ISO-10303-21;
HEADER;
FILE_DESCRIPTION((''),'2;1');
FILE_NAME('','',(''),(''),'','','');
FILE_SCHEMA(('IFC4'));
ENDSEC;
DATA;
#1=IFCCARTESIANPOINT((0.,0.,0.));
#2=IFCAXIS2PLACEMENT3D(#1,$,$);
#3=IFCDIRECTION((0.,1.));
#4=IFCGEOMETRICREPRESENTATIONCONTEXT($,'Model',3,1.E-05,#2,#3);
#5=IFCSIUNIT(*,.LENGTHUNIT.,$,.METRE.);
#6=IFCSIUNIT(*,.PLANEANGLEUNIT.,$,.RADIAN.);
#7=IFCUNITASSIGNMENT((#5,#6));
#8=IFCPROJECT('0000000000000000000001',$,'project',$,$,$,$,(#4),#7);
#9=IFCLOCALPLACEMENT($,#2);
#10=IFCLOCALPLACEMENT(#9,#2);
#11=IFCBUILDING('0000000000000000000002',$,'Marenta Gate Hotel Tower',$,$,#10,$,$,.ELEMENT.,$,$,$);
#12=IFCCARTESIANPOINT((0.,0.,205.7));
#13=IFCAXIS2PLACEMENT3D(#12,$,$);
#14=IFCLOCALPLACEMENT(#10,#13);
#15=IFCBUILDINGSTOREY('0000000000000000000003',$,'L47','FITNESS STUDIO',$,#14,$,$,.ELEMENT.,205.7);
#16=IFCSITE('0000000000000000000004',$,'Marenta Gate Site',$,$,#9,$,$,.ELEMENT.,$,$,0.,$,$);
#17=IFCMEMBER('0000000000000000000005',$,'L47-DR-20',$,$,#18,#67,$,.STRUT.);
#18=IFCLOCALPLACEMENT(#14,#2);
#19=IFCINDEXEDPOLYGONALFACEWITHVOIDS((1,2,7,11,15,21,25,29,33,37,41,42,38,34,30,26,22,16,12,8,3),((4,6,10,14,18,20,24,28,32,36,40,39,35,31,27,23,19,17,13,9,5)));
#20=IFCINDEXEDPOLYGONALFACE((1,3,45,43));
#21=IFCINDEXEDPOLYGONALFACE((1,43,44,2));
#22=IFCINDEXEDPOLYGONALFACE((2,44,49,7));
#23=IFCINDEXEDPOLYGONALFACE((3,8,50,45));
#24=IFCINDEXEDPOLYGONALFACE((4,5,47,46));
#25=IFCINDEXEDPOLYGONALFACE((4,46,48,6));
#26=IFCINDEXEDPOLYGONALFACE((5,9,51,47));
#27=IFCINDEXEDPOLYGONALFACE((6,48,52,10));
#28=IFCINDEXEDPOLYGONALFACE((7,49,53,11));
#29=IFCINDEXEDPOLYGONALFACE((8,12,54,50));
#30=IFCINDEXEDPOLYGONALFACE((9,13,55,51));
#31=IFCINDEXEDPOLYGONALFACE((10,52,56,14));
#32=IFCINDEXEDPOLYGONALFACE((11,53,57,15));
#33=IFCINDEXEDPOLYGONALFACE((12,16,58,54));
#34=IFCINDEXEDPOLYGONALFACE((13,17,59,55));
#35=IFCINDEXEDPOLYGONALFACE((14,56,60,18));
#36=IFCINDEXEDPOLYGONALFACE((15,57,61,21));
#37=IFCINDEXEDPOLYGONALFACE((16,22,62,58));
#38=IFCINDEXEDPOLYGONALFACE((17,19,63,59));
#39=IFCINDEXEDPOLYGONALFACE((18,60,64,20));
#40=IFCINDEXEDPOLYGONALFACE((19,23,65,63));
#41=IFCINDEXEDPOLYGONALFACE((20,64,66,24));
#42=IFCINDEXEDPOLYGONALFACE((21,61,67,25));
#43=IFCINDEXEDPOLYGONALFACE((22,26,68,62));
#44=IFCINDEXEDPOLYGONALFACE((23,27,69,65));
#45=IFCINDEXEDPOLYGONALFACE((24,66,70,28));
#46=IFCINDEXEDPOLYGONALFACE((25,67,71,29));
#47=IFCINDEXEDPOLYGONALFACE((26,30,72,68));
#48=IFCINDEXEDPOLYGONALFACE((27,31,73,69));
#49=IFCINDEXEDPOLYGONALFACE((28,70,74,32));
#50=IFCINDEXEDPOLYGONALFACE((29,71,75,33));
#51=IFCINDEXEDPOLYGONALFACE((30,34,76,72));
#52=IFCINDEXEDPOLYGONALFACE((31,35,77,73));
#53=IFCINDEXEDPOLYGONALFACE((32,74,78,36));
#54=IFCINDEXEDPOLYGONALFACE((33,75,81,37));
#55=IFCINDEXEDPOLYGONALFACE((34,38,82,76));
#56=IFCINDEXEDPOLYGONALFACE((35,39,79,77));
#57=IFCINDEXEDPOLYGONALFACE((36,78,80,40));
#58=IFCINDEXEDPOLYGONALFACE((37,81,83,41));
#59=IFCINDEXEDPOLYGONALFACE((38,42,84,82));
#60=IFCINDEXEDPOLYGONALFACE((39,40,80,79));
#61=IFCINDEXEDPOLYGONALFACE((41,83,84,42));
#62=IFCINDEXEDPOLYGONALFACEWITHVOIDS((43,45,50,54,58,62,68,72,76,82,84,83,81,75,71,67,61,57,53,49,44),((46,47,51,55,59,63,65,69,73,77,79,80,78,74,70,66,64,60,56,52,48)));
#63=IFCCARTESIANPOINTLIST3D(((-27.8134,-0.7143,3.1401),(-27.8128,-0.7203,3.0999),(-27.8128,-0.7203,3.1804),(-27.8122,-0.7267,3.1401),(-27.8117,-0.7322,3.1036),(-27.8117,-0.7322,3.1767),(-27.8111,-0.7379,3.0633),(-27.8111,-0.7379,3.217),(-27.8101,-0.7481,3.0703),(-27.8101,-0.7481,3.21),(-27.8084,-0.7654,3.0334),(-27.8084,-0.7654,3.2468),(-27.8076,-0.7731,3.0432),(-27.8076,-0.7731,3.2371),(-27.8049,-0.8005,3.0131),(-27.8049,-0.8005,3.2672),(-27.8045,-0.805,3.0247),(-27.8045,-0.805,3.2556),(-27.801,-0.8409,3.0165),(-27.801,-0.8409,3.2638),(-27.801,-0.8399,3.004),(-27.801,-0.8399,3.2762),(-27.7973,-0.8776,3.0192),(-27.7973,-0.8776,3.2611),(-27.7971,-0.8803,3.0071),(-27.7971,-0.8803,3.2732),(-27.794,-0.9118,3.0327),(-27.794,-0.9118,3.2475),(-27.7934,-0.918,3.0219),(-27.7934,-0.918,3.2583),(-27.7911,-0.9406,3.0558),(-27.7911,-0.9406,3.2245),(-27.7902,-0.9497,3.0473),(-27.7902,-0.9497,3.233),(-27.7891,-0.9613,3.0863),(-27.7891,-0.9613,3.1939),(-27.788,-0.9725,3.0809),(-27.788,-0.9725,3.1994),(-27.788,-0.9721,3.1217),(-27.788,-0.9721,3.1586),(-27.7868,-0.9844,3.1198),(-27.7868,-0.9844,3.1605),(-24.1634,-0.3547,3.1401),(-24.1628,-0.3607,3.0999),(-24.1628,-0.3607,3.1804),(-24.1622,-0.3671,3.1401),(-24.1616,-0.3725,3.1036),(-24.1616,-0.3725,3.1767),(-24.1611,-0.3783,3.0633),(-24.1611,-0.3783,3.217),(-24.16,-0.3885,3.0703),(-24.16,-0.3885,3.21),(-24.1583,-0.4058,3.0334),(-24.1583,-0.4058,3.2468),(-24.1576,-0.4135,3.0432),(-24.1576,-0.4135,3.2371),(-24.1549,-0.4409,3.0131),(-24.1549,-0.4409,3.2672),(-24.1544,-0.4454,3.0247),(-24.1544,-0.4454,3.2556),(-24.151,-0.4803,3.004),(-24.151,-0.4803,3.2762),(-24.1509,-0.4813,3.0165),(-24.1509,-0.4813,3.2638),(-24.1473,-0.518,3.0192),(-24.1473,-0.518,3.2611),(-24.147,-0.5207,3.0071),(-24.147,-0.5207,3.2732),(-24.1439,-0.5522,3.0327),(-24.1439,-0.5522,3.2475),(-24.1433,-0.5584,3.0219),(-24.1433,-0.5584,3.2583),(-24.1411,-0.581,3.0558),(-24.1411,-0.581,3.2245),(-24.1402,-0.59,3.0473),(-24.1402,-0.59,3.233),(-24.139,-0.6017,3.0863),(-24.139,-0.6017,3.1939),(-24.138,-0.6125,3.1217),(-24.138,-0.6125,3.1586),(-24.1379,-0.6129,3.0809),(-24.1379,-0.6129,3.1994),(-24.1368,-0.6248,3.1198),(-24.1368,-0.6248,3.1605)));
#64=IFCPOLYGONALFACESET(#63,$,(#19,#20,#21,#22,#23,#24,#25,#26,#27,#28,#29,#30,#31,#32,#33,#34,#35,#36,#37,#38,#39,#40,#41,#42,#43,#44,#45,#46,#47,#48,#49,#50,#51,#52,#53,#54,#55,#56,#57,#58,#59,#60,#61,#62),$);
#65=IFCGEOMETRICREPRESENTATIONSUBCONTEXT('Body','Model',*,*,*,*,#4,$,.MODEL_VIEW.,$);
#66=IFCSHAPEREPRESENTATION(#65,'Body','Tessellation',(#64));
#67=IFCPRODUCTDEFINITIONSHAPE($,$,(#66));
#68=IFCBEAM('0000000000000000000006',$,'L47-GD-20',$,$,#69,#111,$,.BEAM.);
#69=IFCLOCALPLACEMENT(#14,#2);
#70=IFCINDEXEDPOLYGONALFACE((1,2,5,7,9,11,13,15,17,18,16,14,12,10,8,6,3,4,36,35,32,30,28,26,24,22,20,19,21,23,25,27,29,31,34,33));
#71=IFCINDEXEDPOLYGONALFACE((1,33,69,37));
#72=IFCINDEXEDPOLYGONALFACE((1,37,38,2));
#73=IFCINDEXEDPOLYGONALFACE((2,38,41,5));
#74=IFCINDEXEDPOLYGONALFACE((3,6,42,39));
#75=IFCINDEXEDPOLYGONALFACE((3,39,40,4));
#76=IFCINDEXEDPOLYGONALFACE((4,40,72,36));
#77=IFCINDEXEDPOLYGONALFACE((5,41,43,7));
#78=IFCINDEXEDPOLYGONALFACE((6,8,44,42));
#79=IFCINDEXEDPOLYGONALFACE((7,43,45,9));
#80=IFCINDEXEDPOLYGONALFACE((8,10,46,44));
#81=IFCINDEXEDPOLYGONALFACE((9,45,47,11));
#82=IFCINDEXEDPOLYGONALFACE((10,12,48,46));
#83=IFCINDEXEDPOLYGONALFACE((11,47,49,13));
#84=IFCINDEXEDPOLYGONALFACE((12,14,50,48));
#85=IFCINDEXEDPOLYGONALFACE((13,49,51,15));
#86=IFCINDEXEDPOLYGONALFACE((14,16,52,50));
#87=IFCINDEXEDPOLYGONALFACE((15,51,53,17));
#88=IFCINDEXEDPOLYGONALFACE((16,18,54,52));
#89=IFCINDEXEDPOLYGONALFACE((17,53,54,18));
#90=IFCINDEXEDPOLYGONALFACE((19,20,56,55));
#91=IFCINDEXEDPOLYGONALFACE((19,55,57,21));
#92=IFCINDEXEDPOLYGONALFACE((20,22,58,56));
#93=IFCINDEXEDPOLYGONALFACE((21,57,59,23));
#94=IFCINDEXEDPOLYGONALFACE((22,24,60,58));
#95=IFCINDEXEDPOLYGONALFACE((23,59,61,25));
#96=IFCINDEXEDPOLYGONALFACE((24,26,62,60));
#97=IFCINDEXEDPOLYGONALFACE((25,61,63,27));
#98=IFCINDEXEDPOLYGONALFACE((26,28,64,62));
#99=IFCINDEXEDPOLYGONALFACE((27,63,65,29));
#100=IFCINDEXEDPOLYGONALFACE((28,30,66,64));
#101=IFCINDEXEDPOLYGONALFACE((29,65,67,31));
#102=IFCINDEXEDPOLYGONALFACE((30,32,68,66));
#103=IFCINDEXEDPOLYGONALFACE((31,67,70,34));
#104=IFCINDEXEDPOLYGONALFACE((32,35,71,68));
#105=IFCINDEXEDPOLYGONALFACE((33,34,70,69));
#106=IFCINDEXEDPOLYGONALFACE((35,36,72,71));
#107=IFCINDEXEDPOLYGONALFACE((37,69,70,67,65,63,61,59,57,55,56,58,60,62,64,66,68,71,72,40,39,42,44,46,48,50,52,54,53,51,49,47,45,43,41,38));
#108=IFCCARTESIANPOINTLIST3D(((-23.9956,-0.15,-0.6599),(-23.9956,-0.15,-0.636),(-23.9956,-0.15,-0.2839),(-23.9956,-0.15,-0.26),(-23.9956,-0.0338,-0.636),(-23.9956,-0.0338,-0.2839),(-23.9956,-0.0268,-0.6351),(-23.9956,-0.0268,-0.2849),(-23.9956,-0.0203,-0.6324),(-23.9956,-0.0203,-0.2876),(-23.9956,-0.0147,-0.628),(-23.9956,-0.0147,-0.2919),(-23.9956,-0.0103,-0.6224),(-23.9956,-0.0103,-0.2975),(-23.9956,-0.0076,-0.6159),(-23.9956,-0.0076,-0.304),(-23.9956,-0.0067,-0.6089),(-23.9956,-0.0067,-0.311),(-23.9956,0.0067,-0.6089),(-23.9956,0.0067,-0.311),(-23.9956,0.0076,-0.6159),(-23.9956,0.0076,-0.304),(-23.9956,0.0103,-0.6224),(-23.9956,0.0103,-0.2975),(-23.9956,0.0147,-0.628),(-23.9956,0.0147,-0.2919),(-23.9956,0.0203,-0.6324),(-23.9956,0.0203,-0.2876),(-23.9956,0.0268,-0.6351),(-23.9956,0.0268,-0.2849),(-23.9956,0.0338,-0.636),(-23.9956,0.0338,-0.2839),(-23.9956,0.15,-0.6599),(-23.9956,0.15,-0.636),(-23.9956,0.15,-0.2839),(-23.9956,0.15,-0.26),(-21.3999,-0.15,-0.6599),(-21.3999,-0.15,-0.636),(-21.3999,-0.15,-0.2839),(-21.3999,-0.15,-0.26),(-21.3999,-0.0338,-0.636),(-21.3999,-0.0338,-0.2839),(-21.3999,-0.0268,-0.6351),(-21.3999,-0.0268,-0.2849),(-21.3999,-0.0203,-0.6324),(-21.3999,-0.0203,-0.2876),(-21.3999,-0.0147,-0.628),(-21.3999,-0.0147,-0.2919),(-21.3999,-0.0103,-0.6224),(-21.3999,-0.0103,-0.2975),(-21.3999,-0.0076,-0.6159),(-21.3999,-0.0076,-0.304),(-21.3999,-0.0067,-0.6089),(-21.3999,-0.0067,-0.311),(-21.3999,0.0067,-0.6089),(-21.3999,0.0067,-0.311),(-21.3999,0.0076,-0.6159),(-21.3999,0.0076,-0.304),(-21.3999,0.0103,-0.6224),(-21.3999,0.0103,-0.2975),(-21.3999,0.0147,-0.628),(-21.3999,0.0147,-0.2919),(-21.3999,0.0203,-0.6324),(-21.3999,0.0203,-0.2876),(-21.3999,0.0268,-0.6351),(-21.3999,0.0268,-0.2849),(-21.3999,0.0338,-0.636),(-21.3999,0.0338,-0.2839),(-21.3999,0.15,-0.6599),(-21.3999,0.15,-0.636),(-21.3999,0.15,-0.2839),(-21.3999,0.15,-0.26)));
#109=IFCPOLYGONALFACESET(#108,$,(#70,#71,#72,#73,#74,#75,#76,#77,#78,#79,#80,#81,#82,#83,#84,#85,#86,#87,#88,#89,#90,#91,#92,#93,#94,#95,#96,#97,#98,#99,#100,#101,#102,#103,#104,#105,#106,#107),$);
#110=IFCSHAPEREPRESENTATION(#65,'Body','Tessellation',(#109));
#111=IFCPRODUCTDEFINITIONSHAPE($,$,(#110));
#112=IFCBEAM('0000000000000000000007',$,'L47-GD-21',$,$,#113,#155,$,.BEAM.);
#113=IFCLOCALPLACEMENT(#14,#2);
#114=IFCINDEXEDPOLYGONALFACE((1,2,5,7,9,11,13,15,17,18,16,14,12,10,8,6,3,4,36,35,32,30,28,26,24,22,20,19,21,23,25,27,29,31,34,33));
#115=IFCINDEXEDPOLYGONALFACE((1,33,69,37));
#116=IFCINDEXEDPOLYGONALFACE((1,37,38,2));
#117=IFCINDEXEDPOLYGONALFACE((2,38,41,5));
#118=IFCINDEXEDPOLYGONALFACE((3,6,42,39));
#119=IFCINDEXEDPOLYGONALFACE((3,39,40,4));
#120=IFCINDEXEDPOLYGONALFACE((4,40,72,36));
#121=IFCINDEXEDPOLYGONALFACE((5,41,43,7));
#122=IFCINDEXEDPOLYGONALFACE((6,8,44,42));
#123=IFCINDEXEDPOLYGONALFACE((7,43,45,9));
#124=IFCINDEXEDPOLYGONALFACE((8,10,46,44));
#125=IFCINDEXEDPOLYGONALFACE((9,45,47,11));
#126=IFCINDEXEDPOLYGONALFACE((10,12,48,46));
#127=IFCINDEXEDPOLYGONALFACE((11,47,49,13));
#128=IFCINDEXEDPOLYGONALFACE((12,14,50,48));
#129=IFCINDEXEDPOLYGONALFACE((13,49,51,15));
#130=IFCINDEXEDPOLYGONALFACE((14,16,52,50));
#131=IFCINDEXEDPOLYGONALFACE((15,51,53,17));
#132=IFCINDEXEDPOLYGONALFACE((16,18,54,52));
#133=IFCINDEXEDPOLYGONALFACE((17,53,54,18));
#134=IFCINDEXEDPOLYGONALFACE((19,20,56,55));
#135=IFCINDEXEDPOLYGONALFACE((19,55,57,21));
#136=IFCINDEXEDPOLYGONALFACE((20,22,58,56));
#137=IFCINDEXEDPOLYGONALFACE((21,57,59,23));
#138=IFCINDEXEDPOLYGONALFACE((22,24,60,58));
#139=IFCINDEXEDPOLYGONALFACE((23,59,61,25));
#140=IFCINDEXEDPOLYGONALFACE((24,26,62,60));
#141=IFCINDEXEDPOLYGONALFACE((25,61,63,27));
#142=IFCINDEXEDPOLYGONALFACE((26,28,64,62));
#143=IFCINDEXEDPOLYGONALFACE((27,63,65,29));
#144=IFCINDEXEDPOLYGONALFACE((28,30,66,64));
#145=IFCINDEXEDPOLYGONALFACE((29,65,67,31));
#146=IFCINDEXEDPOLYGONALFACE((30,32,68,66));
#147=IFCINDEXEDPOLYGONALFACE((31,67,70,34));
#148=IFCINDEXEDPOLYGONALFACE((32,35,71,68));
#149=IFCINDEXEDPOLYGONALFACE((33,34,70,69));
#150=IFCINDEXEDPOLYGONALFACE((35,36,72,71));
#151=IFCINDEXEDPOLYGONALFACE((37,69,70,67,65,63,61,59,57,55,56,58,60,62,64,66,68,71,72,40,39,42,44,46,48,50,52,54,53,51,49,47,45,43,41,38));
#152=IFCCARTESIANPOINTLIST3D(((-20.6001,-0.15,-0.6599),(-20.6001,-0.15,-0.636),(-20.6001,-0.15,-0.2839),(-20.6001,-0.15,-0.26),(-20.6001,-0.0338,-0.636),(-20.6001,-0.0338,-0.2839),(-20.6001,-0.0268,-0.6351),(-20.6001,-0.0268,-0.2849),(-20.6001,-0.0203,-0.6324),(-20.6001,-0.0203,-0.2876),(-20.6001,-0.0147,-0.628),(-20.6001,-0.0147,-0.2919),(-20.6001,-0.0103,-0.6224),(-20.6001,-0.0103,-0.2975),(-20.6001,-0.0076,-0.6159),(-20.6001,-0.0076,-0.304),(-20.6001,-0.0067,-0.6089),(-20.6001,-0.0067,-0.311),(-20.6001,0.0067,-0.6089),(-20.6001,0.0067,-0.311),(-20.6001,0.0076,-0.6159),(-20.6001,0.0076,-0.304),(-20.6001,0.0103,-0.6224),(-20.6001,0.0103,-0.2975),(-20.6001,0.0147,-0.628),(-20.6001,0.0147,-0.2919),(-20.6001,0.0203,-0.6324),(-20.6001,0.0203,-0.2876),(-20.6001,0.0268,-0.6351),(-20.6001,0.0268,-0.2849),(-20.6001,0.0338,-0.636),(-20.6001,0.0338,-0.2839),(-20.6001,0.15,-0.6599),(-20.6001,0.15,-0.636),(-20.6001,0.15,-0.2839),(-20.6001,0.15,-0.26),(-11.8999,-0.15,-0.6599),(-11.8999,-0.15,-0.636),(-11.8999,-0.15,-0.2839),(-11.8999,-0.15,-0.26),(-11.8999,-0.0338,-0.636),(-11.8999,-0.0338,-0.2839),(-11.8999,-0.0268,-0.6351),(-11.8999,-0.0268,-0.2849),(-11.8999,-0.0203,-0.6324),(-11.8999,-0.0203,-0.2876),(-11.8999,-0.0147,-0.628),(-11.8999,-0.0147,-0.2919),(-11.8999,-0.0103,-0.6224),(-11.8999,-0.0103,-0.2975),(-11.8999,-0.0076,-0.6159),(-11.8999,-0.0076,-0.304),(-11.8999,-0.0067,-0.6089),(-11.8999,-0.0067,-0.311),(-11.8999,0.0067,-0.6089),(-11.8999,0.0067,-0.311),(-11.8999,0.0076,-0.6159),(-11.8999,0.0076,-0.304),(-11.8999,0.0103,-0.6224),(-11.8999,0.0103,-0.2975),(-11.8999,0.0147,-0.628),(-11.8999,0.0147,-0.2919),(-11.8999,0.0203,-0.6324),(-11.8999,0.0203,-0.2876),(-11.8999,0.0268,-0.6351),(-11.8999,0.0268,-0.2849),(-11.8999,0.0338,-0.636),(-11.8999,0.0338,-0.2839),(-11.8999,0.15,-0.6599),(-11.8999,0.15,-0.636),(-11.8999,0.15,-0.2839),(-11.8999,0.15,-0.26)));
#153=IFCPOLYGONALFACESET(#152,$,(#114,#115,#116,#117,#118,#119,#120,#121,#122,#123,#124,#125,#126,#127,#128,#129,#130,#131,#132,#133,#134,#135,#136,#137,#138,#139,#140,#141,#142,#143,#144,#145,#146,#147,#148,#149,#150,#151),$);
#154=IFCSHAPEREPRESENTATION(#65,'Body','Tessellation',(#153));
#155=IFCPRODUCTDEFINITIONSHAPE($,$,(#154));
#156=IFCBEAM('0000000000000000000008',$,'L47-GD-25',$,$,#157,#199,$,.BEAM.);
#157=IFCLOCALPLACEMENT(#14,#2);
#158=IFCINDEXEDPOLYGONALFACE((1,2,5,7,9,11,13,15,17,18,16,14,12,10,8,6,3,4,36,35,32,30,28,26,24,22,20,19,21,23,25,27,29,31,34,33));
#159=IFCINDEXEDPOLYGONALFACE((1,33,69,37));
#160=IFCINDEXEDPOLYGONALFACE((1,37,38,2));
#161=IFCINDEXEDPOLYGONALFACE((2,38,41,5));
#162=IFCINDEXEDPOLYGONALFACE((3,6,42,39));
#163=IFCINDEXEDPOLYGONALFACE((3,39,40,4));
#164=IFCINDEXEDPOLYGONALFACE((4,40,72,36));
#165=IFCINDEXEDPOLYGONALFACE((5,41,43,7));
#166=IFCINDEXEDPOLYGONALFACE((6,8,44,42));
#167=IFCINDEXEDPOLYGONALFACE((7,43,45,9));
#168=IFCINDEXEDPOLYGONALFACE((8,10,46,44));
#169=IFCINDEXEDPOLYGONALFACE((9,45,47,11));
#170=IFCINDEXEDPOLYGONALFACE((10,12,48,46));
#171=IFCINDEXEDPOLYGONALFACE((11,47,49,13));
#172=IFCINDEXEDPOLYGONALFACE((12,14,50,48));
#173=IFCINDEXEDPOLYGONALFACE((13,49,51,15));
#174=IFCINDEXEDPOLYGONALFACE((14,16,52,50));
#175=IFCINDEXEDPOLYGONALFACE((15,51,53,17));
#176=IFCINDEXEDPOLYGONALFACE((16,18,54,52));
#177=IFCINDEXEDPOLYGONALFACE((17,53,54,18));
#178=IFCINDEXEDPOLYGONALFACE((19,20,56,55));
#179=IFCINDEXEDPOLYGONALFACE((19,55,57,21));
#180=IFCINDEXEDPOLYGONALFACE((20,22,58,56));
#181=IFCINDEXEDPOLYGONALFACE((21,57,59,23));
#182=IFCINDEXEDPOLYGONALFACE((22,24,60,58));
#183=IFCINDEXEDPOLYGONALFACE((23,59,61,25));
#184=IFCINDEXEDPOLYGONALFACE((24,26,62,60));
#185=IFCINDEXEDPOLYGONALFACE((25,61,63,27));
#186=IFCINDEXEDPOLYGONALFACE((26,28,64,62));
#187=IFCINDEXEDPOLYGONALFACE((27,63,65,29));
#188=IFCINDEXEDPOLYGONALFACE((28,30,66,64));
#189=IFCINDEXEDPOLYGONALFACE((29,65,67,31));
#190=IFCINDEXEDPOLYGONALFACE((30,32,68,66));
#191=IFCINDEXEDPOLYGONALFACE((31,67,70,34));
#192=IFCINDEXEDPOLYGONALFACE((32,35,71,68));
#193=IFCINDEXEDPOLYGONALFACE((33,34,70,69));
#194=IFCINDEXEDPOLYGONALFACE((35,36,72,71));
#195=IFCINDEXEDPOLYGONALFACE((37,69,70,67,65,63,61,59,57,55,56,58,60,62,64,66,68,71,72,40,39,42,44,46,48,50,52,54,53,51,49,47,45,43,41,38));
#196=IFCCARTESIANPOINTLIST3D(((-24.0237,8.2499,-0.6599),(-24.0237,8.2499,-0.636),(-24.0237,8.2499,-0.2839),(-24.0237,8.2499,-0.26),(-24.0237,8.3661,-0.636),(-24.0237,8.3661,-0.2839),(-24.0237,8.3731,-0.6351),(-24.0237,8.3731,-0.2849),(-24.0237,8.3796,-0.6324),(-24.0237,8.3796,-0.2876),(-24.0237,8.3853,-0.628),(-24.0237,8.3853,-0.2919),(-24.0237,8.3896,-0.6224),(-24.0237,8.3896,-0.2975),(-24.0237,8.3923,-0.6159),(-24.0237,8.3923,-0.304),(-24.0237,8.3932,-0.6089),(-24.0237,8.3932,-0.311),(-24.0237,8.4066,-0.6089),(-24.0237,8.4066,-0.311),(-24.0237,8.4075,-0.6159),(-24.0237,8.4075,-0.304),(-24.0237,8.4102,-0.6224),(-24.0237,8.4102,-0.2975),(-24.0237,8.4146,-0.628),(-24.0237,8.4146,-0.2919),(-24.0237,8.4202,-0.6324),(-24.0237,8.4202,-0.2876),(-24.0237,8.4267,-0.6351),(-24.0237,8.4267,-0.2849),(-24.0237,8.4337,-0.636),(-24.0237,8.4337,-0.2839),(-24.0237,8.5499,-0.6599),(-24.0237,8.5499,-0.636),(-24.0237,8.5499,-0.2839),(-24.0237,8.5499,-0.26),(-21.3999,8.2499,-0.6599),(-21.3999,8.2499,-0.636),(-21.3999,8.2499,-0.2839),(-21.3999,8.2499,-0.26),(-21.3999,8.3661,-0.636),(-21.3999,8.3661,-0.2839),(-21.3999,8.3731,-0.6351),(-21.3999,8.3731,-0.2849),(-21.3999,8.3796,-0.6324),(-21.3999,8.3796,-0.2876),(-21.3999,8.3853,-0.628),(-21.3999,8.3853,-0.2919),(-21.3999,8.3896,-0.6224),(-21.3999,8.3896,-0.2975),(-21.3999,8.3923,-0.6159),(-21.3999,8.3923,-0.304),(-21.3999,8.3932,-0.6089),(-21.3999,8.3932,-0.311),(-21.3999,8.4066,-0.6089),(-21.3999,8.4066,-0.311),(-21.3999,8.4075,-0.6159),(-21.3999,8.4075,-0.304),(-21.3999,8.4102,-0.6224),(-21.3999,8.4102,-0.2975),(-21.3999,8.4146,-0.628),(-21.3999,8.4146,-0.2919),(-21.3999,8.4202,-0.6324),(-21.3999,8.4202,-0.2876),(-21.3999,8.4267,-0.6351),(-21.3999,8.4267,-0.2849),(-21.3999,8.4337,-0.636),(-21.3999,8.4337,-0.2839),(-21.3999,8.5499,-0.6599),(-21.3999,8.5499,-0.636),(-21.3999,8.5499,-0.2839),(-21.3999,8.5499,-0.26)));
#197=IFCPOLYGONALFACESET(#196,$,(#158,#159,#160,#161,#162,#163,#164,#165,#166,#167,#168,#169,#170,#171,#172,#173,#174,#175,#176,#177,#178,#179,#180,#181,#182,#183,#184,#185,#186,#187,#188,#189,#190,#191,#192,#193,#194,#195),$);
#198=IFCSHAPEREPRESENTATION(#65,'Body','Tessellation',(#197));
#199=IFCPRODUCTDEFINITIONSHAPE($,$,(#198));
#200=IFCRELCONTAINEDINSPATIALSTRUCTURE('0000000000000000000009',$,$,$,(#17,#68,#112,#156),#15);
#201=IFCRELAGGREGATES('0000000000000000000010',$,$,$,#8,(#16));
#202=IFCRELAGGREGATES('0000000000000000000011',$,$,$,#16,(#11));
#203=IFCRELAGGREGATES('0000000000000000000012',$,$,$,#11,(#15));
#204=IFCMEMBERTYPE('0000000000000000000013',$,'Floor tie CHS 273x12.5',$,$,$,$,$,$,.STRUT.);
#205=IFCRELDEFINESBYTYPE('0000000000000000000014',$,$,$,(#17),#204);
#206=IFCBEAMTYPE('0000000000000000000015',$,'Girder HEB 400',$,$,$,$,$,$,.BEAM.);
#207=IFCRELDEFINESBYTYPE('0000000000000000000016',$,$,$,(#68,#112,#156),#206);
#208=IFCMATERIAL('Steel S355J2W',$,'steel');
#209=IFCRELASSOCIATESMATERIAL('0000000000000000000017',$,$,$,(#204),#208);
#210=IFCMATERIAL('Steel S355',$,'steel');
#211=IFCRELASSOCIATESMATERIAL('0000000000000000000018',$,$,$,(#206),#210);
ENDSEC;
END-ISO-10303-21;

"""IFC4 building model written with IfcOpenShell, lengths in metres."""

from ifc_helpers import new_model, si_unit, direction, frame, origin, origin_2d, place, context, subcontext, project, spatial, hollow_circle, i_section, extrude, material, material_profile, profile_set, type_object, element, save


model = new_model("IFC4")

# Units and contexts
model_context = context("Model", 3, precision=1e-05, world=origin(), true_north=direction((0.0, 1.0)))
body_context = subcontext(model_context, "Body", "Model", "MODEL_VIEW")
ifc_project = project(units=[si_unit("LENGTHUNIT", "METRE"), si_unit("PLANEANGLEUNIT", "RADIAN")], contexts=[model_context])

# Site, building, storey
site_placement = place(None, origin())
site = spatial("IfcSite", under=ifc_project, at=site_placement, Name="Marenta Gate Site", CompositionType="ELEMENT", RefElevation=0.0)
building_placement = place(site_placement, origin())
building = spatial("IfcBuilding", under=site, at=building_placement, Name="Marenta Gate Hotel Tower", CompositionType="ELEMENT")
storey_placement = place(building_placement, frame((0.0, 0.0, 205.7)))
storey = spatial("IfcBuildingStorey", under=building, at=storey_placement, Name="L47", Description="FITNESS STUDIO", CompositionType="ELEMENT", Elevation=205.7)

# Member
ifc_material_1 = material(Name="Steel S355J2W", Category="steel")
ifc_material_profile_1 = material_profile(ifc_material_1, hollow_circle(Radius=0.1365, WallThickness=0.0125, at=origin_2d()), Name="CHS 273x12.5")
ifc_profile_set_1 = profile_set([ifc_material_profile_1], Name="Steel S355J2W")
member_type_1 = type_object("IfcMemberType", Name="Floor tie CHS 273x12.5", PredefinedType="STRUT", material=ifc_profile_set_1)
member_1_placement = place(storey_placement, frame((-27.8, -0.8501, 3.1401), z_axis=(0.995182, 0.098047, 0.0), x_axis=(-0.098047, 0.995182, 0.0)))
element("IfcMember", 1, at=member_1_placement, inside=storey, type_object=member_type_1, Name="L47-DR-20", PredefinedType="STRUT", context=body_context, shape_type="SweptSolid", body=[
    extrude(hollow_circle(Radius=0.1365, WallThickness=0.0125, at=origin_2d()), origin(), (0.0, 0.0, 1.0), 3.6677),
])

# Beams
ifc_material_2 = material(Name="Steel S355", Category="steel")
ifc_material_profile_2 = material_profile(ifc_material_2, i_section(OverallWidth=0.3, OverallDepth=0.3999, WebThickness=0.0134, FlangeThickness=0.0239, FilletRadius=0.0271, at=origin_2d()), Name="HEB 400")
ifc_profile_set_2 = profile_set([ifc_material_profile_2], Name="Steel S355")
beam_type_1 = type_object("IfcBeamType", Name="Girder HEB 400", PredefinedType="BEAM", material=ifc_profile_set_2)
beam_1_placement = place(storey_placement, frame((-23.9956, 0.0, -0.46), z_axis=(1.0, 0.0, 0.0), x_axis=(0.0, 1.0, 0.0)))
element("IfcBeam", 2, at=beam_1_placement, inside=storey, type_object=beam_type_1, Name="L47-GD-20", PredefinedType="BEAM", context=body_context, shape_type="SweptSolid", body=[
    extrude(i_section(OverallWidth=0.3, OverallDepth=0.3999, WebThickness=0.0134, FlangeThickness=0.0239, FilletRadius=0.0271, at=origin_2d()), origin(), (0.0, 0.0, 1.0), 2.5957),
])
beam_2_placement = place(storey_placement, frame((-20.6001, 0.0, -0.46), z_axis=(1.0, 0.0, 0.0), x_axis=(0.0, 1.0, 0.0)))
element("IfcBeam", 3, at=beam_2_placement, inside=storey, type_object=beam_type_1, Name="L47-GD-21", PredefinedType="BEAM", context=body_context, shape_type="SweptSolid", body=[
    extrude(i_section(OverallWidth=0.3, OverallDepth=0.3999, WebThickness=0.0134, FlangeThickness=0.0239, FilletRadius=0.0271, at=origin_2d()), origin(), (0.0, 0.0, 1.0), 8.7002),
])
beam_3_placement = place(storey_placement, frame((-24.0237, 8.3999, -0.46), z_axis=(1.0, 0.0, 0.0), x_axis=(0.0, 1.0, 0.0)))
element("IfcBeam", 4, at=beam_3_placement, inside=storey, type_object=beam_type_1, Name="L47-GD-25", PredefinedType="BEAM", context=body_context, shape_type="SweptSolid", body=[
    extrude(i_section(OverallWidth=0.3, OverallDepth=0.3999, WebThickness=0.0134, FlangeThickness=0.0239, FilletRadius=0.0271, at=origin_2d()), origin(), (0.0, 0.0, 1.0), 2.6238),
])

save(model, "model.ifc")
